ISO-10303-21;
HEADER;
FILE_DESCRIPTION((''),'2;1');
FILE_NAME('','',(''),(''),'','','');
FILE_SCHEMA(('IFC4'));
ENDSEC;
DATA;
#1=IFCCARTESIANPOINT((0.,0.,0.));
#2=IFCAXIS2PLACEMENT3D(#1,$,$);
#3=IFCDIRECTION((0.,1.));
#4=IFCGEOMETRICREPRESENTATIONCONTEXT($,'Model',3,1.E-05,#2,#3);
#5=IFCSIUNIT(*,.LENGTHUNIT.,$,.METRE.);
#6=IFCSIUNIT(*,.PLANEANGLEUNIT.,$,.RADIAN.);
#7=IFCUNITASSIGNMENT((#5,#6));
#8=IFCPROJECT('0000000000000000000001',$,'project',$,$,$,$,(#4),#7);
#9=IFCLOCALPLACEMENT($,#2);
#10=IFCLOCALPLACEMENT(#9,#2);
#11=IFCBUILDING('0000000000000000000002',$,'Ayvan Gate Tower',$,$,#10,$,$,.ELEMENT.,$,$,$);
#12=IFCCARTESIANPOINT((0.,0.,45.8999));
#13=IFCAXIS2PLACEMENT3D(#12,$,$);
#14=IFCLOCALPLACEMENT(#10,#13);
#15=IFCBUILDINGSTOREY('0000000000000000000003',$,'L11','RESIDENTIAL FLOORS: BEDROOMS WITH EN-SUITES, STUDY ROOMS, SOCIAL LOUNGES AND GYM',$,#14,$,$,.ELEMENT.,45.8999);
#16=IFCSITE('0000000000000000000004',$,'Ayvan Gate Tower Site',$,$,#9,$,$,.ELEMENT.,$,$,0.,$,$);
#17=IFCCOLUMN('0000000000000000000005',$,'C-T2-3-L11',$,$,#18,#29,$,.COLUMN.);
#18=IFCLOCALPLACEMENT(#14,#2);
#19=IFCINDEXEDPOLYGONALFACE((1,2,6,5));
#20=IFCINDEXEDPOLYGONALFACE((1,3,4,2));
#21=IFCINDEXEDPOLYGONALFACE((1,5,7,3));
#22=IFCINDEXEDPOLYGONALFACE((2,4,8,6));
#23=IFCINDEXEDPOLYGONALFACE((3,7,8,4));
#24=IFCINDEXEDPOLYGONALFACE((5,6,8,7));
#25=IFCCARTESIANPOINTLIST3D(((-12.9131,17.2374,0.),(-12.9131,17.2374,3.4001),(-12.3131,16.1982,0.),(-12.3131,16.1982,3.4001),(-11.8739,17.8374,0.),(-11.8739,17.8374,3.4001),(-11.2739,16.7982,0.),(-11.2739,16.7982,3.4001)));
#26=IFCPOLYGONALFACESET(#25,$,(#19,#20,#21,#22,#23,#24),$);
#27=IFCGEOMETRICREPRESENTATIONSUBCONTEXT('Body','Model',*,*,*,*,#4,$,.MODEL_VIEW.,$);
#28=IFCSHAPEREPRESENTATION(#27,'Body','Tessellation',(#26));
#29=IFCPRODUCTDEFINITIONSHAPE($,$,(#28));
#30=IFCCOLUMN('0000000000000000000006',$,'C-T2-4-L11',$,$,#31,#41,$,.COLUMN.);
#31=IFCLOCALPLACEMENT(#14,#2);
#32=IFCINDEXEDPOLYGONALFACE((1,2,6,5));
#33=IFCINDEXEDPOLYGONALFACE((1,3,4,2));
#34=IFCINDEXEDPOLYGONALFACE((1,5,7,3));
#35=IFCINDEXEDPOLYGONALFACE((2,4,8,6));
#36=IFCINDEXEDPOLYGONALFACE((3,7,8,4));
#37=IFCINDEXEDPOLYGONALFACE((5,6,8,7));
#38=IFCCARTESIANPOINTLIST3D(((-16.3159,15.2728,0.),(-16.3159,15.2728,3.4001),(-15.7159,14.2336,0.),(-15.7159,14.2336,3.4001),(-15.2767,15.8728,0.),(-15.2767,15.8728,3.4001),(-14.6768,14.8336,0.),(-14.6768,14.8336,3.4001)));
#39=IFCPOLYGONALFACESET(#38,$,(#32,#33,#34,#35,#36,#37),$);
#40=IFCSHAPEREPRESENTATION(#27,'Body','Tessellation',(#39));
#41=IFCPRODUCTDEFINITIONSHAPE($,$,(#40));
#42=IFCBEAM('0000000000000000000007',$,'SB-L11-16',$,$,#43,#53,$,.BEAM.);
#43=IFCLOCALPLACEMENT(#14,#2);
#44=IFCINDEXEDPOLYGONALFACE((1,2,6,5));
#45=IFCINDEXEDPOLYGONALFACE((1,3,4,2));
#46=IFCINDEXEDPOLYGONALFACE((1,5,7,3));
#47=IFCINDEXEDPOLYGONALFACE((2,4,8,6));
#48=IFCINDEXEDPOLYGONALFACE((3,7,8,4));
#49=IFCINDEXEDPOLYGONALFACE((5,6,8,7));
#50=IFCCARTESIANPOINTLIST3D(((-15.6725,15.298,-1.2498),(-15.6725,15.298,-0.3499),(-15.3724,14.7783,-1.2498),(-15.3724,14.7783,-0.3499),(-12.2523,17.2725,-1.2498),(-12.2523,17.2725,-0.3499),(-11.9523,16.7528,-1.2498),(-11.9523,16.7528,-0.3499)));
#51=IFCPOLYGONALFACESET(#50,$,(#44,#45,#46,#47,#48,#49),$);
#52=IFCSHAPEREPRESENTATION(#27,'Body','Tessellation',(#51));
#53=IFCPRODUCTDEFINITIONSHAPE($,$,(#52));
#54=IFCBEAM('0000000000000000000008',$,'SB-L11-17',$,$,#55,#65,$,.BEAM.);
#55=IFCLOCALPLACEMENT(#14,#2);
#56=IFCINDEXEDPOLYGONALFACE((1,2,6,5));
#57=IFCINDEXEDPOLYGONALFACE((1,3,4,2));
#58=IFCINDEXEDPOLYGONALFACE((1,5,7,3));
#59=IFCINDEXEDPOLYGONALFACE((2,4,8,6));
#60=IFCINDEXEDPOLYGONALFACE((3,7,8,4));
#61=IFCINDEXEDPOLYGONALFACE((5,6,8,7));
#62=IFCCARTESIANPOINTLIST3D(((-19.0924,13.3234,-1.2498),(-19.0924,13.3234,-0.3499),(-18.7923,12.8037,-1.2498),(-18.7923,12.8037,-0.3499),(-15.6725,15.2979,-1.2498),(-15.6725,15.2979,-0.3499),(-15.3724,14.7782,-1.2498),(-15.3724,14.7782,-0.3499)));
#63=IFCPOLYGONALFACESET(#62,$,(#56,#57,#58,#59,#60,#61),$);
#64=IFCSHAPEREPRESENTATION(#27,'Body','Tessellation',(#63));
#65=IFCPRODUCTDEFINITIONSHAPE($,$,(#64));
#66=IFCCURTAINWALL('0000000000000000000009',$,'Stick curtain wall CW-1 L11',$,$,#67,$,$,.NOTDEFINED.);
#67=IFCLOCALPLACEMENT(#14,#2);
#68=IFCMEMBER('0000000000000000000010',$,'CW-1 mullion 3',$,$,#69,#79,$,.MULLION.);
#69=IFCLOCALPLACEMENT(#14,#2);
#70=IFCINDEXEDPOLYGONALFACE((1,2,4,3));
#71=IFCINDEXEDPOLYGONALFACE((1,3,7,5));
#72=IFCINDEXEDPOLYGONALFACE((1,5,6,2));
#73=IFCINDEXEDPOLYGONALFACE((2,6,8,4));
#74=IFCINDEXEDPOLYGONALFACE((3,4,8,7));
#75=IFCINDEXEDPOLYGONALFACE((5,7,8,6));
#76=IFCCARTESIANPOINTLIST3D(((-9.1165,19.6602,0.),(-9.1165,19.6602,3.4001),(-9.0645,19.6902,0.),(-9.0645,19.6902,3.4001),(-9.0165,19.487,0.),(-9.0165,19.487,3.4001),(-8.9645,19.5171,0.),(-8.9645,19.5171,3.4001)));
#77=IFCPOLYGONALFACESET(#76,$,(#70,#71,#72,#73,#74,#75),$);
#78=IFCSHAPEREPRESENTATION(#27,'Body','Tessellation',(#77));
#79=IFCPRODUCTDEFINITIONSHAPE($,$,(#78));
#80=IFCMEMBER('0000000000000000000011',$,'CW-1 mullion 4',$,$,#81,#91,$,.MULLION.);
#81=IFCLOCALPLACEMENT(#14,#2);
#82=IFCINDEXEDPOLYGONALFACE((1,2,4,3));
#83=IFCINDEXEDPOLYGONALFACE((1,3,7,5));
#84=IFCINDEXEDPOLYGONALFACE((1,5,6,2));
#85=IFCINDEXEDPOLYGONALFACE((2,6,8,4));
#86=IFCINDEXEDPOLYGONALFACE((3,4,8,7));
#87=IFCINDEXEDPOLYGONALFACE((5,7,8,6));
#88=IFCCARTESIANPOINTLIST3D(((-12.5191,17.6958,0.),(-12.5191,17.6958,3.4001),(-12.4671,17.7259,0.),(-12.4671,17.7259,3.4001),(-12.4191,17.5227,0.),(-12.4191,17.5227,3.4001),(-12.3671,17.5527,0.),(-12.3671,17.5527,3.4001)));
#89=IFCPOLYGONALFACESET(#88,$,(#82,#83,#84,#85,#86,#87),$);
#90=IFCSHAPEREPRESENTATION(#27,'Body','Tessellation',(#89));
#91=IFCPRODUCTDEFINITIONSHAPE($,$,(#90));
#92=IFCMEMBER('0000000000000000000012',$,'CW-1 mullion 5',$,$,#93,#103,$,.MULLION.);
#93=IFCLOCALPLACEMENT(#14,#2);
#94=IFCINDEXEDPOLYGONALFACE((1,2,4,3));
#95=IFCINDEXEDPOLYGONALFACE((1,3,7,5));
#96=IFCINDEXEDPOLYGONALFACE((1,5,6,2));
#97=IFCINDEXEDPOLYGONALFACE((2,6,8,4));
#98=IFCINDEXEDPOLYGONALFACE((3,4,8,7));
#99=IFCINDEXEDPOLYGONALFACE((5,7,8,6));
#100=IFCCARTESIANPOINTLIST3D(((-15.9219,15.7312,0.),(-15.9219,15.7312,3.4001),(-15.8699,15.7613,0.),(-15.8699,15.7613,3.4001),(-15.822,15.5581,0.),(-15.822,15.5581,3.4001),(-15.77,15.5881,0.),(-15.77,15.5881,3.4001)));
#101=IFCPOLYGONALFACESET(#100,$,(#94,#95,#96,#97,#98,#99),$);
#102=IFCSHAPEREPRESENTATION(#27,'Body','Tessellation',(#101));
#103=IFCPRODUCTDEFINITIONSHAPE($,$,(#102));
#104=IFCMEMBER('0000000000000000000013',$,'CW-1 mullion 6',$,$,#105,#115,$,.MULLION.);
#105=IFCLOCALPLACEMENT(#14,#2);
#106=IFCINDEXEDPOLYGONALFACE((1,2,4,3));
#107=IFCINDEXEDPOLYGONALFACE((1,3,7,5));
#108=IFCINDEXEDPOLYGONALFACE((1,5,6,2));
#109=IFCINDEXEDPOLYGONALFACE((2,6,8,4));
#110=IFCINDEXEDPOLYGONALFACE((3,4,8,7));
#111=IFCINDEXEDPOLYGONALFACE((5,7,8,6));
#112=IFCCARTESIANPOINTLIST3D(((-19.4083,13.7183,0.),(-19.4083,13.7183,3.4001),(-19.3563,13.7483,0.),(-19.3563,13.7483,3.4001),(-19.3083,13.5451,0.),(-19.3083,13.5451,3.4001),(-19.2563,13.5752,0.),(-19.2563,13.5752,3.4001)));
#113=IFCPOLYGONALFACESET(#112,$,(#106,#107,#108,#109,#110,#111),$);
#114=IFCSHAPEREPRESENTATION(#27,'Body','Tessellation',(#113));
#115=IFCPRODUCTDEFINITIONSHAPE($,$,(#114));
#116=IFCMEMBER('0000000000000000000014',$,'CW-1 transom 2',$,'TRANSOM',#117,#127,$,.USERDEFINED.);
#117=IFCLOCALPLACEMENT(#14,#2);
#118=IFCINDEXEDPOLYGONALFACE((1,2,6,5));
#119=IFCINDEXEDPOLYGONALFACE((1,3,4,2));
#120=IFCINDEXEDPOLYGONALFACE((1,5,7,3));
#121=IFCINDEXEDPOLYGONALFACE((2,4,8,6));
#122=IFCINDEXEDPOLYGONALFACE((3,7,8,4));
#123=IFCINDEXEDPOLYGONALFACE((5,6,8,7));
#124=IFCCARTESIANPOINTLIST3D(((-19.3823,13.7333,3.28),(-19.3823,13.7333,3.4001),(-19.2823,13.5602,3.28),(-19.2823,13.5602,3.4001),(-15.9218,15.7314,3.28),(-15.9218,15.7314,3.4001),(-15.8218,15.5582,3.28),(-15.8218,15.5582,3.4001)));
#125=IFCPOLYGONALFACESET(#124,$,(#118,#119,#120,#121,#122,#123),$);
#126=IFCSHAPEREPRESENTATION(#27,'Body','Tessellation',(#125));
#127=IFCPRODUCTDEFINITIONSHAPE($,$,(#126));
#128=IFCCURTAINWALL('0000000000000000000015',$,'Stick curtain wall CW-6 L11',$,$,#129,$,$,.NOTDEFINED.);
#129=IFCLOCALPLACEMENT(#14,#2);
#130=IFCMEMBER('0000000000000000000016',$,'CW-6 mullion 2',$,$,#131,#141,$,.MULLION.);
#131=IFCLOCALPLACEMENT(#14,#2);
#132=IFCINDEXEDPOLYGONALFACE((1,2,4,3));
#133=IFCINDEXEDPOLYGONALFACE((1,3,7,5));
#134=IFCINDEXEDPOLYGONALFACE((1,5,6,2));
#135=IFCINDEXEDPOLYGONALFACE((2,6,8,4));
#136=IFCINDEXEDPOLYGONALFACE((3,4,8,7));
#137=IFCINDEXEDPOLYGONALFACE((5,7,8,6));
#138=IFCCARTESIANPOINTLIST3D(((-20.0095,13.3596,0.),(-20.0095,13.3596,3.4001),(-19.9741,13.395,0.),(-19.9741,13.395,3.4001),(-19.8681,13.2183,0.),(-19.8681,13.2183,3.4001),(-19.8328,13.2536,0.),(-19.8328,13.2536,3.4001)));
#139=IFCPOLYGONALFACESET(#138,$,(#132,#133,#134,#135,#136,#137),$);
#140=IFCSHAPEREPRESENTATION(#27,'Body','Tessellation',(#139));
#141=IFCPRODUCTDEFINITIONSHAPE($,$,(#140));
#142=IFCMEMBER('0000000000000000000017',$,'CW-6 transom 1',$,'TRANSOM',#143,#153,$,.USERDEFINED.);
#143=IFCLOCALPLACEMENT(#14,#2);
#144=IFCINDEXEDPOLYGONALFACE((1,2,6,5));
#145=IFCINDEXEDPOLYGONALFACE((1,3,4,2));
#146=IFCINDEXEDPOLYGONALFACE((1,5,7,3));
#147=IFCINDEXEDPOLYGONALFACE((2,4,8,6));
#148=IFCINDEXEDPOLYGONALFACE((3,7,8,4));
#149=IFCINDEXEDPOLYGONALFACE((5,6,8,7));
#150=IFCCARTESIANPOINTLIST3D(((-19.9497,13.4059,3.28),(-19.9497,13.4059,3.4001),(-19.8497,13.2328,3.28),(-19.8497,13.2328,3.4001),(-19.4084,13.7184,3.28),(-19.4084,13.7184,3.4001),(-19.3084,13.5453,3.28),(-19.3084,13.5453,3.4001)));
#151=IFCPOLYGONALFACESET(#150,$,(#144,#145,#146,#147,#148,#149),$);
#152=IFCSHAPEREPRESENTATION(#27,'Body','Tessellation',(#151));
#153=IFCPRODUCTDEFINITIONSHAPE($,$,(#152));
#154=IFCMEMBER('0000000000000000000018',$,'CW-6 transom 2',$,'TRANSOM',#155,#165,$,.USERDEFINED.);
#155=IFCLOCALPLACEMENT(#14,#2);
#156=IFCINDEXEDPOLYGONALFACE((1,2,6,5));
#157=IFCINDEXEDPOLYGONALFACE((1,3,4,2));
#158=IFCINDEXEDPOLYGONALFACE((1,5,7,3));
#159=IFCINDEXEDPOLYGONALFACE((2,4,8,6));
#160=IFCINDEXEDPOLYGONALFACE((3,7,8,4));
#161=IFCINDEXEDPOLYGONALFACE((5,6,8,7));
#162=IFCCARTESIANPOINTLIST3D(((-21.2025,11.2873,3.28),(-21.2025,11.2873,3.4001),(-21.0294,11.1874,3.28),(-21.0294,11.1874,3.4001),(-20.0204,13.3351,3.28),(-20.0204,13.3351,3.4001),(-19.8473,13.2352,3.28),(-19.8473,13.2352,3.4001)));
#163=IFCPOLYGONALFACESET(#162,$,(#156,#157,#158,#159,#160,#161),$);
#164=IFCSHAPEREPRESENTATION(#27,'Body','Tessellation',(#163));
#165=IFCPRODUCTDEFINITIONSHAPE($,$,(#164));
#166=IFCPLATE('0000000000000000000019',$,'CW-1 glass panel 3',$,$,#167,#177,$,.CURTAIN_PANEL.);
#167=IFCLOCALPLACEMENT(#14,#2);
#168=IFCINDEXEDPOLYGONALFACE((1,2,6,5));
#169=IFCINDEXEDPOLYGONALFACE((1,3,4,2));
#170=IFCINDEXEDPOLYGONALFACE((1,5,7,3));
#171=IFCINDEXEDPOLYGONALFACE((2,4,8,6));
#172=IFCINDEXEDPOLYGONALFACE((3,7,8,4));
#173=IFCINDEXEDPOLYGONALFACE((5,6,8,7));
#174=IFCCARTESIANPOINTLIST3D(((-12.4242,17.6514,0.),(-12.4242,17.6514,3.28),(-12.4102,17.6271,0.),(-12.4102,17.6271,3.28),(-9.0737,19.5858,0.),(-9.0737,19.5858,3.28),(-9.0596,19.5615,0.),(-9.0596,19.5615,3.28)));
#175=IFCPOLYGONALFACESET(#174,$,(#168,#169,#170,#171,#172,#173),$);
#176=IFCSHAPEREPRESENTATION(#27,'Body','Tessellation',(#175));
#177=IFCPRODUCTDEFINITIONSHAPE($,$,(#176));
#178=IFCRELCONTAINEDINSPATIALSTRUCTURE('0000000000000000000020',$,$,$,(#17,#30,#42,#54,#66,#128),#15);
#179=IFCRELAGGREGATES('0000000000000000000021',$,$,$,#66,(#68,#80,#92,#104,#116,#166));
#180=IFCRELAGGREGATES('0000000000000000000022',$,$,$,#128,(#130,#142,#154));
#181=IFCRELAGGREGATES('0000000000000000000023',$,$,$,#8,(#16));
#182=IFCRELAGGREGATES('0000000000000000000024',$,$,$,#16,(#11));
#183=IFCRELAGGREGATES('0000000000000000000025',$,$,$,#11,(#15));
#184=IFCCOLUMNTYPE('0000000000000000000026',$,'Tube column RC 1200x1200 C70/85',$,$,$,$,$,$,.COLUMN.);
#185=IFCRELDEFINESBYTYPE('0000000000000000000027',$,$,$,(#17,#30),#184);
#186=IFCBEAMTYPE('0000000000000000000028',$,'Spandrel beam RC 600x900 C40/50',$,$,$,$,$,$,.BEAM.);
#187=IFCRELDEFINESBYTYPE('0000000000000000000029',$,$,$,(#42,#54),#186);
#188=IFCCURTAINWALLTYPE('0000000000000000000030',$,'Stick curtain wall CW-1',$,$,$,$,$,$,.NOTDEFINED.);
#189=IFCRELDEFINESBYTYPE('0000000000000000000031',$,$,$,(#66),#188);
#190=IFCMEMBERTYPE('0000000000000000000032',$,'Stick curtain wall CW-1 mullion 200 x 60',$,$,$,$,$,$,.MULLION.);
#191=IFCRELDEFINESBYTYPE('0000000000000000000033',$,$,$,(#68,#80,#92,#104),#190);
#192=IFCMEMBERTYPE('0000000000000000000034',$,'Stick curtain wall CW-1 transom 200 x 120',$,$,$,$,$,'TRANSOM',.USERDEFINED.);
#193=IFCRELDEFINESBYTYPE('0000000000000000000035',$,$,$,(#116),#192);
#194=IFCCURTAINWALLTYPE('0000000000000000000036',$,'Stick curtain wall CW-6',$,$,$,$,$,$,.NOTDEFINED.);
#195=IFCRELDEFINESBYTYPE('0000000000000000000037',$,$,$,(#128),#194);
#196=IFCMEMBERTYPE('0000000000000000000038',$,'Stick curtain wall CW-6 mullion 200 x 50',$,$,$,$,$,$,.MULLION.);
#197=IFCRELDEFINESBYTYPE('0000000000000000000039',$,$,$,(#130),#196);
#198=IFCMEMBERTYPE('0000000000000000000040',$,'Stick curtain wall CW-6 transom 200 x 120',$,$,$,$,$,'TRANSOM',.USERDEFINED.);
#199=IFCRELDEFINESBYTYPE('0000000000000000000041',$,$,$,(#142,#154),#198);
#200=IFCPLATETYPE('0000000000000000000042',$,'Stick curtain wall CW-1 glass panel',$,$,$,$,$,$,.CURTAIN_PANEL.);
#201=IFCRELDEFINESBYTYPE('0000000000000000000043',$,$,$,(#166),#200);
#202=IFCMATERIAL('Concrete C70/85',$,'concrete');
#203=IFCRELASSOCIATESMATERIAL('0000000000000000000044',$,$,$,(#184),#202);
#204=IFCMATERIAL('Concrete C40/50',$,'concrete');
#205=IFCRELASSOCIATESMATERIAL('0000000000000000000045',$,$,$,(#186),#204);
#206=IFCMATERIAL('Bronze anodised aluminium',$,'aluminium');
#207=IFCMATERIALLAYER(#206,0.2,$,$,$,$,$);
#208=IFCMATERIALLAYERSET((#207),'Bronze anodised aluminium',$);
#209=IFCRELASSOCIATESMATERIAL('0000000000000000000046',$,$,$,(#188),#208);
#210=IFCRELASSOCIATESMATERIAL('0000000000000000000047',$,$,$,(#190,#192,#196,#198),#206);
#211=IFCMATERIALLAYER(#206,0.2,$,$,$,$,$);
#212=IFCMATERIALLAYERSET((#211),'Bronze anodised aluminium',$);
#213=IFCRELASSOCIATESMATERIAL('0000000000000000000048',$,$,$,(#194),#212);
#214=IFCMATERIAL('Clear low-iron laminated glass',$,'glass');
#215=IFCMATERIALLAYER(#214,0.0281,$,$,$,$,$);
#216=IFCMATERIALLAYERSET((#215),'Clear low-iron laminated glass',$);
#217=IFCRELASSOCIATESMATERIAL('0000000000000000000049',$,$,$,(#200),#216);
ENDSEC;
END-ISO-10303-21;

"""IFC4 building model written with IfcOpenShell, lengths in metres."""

from ifc_helpers import new_model, si_unit, direction, frame, origin, origin_2d, place, context, subcontext, project, spatial, rectangle, extrude, material, layer, layer_set, material_profile, profile_set, type_object, element, aggregate, save


model = new_model("IFC4")

# Units and contexts
model_context = context("Model", 3, precision=1e-05, world=origin(), true_north=direction((0.0, 1.0)))
body_context = subcontext(model_context, "Body", "Model", "MODEL_VIEW")
ifc_project = project(units=[si_unit("LENGTHUNIT", "METRE"), si_unit("PLANEANGLEUNIT", "RADIAN")], contexts=[model_context])

# Site, building, storey
site_placement = place(None, origin())
site = spatial("IfcSite", under=ifc_project, at=site_placement, Name="Ayvan Gate Tower Site", CompositionType="ELEMENT", RefElevation=0.0)
building_placement = place(site_placement, origin())
building = spatial("IfcBuilding", under=site, at=building_placement, Name="Ayvan Gate Tower", CompositionType="ELEMENT")
storey_placement = place(building_placement, frame((0.0, 0.0, 45.8999)))
storey = spatial("IfcBuildingStorey", under=building, at=storey_placement, Name="L11", Description="RESIDENTIAL FLOORS: BEDROOMS WITH EN-SUITES, STUDY ROOMS, SOCIAL LOUNGES AND GYM", CompositionType="ELEMENT", Elevation=45.8999)

# Columns
ifc_material_1 = material(Name="Concrete C70/85", Category="concrete")
ifc_material_profile_1 = material_profile(ifc_material_1, rectangle(XDim=1.2, YDim=1.2, at=origin_2d()), Name="RC 1200x1200")
ifc_profile_set_1 = profile_set([ifc_material_profile_1], Name="Concrete C70/85")
column_type = type_object("IfcColumnType", Name="Tube column RC 1200x1200 C70/85", PredefinedType="COLUMN", material=ifc_profile_set_1)
for number, where, z_axis, x_axis, name in (
    (1, (-12.0935, 17.0178, 0.0), (0.0, 0.0, 1.0), (-0.5, 0.866025, 0.0), "C-T2-3-L11"),
    (2, (-15.4963, 15.0532, 0.0), (0.0, 0.0, 1.0), (-0.5, 0.866025, 0.0), "C-T2-4-L11"),
):
    element("IfcColumn", number, at=place(storey_placement, frame(where, z_axis=z_axis, x_axis=x_axis)), inside=storey, type_object=column_type, Name=name, PredefinedType="COLUMN", context=body_context, shape_type="SweptSolid", body=[
        extrude(rectangle(XDim=1.2, YDim=1.2, at=origin_2d()), origin(), (0.0, 0.0, 1.0), 3.4001),
    ])

# Beams
ifc_material_2 = material(Name="Concrete C40/50", Category="concrete")
ifc_material_profile_2 = material_profile(ifc_material_2, rectangle(XDim=0.6001, YDim=0.8999, at=origin_2d()), Name="RC 600x900")
ifc_profile_set_2 = profile_set([ifc_material_profile_2], Name="Concrete C40/50")
beam_type = type_object("IfcBeamType", Name="Spandrel beam RC 600x900 C40/50", PredefinedType="BEAM", material=ifc_profile_set_2)
beam_1_placement = place(storey_placement, frame((-12.1023, 17.0127, -0.7998), z_axis=(-0.866028, -0.499995, 0.0), x_axis=(0.499995, -0.866028, 0.0)))
element("IfcBeam", 3, at=beam_1_placement, inside=storey, type_object=beam_type, Name="SB-L11-16", PredefinedType="BEAM", context=body_context, shape_type="SweptSolid", body=[
    extrude(rectangle(XDim=0.6001, YDim=0.8999, at=origin_2d()), origin(), (0.0, 0.0, 1.0), 3.9492),
])
beam_2_placement = place(storey_placement, frame((-15.5225, 15.0381, -0.7998), z_axis=(-0.866013, -0.500022, 0.0), x_axis=(0.500022, -0.866013, 0.0)))
element("IfcBeam", 4, at=beam_2_placement, inside=storey, type_object=beam_type, Name="SB-L11-17", PredefinedType="BEAM", context=body_context, shape_type="SweptSolid", body=[
    extrude(rectangle(XDim=0.6001, YDim=0.8999, at=origin_2d()), origin(), (0.0, 0.0, 1.0), 3.949),
])

# Curtain walls, members
ifc_material_3 = material(Name="Bronze anodised aluminium", Category="aluminium")
ifc_layer_1 = layer(ifc_material_3, 0.2)
ifc_layer_set_1 = layer_set([ifc_layer_1], Name="Bronze anodised aluminium")
curtain_wall_type_1 = type_object("IfcCurtainWallType", Name="Stick curtain wall CW-1", PredefinedType="NOTDEFINED", material=ifc_layer_set_1)
curtain_wall_1_placement = place(storey_placement, origin())
curtain_wall_1 = element("IfcCurtainWall", 5, at=curtain_wall_1_placement, inside=storey, type_object=curtain_wall_type_1, Name="Stick curtain wall CW-1 L11", PredefinedType="NOTDEFINED")
ifc_material_profile_3 = material_profile(ifc_material_3, rectangle(XDim=0.2, YDim=0.0601, at=origin_2d()), Name="Stick curtain wall CW-1 mullion 200 x 60")
ifc_profile_set_3 = profile_set([ifc_material_profile_3], Name="Bronze anodised aluminium")
member_type_1 = type_object("IfcMemberType", Name="Stick curtain wall CW-1 mullion 200 x 60", PredefinedType="MULLION", material=ifc_profile_set_3)
member_1_placement = place(storey_placement, frame((-9.0405, 19.5886, 0.0), z_axis=(0.0, 0.0, 1.0), x_axis=(-0.5, 0.866025, 0.0)))
member_1 = element("IfcMember", 6, at=member_1_placement, type_object=member_type_1, Name="CW-1 mullion 3", PredefinedType="MULLION", context=body_context, shape_type="SweptSolid", body=[
    extrude(rectangle(XDim=0.2, YDim=0.0601, at=origin_2d()), origin(), (0.0, 0.0, 1.0), 3.4001),
])
member_2_placement = place(storey_placement, frame((-12.4431, 17.6243, 0.0), z_axis=(0.0, 0.0, 1.0), x_axis=(-0.5, 0.866025, 0.0)))
member_2 = element("IfcMember", 7, at=member_2_placement, type_object=member_type_1, Name="CW-1 mullion 4", PredefinedType="MULLION", context=body_context, shape_type="SweptSolid", body=[
    extrude(rectangle(XDim=0.2, YDim=0.0601, at=origin_2d()), origin(), (0.0, 0.0, 1.0), 3.4001),
])
member_3_placement = place(storey_placement, frame((-15.8459, 15.6597, 0.0), z_axis=(0.0, 0.0, 1.0), x_axis=(-0.5, 0.866025, 0.0)))
member_3 = element("IfcMember", 8, at=member_3_placement, type_object=member_type_1, Name="CW-1 mullion 5", PredefinedType="MULLION", context=body_context, shape_type="SweptSolid", body=[
    extrude(rectangle(XDim=0.2, YDim=0.0601, at=origin_2d()), origin(), (0.0, 0.0, 1.0), 3.4001),
])
member_4_placement = place(storey_placement, frame((-19.3323, 13.6467, 0.0), z_axis=(0.0, 0.0, 1.0), x_axis=(-0.5, 0.866025, 0.0)))
member_4 = element("IfcMember", 9, at=member_4_placement, type_object=member_type_1, Name="CW-1 mullion 6", PredefinedType="MULLION", context=body_context, shape_type="SweptSolid", body=[
    extrude(rectangle(XDim=0.2, YDim=0.0601, at=origin_2d()), origin(), (0.0, 0.0, 1.0), 3.4001),
])
ifc_material_profile_4 = material_profile(ifc_material_3, rectangle(XDim=0.2, YDim=0.1201, at=origin_2d()), Name="Stick curtain wall CW-1 transom 200 x 120")
ifc_profile_set_4 = profile_set([ifc_material_profile_4], Name="Bronze anodised aluminium")
member_type_2 = type_object("IfcMemberType", Name="Stick curtain wall CW-1 transom 200 x 120", ElementType="TRANSOM", PredefinedType="USERDEFINED", material=ifc_profile_set_4)
member_5_placement = place(storey_placement, frame((-15.8718, 15.6448, 3.3401), z_axis=(-0.866009, -0.500029, 0.0), x_axis=(0.500029, -0.866009, 0.0)))
member_5 = element("IfcMember", 10, at=member_5_placement, type_object=member_type_2, Name="CW-1 transom 2", ObjectType="TRANSOM", PredefinedType="USERDEFINED", context=body_context, shape_type="SweptSolid", body=[
    extrude(rectangle(XDim=0.2, YDim=0.1201, at=origin_2d()), origin(), (0.0, 0.0, 1.0), 3.9958),
])
ifc_layer_2 = layer(ifc_material_3, 0.2)
ifc_layer_set_2 = layer_set([ifc_layer_2], Name="Bronze anodised aluminium")
curtain_wall_type_2 = type_object("IfcCurtainWallType", Name="Stick curtain wall CW-6", PredefinedType="NOTDEFINED", material=ifc_layer_set_2)
curtain_wall_2_placement = place(storey_placement, origin())
curtain_wall_2 = element("IfcCurtainWall", 11, at=curtain_wall_2_placement, inside=storey, type_object=curtain_wall_type_2, Name="Stick curtain wall CW-6 L11", PredefinedType="NOTDEFINED")
ifc_material_profile_5 = material_profile(ifc_material_3, rectangle(XDim=0.2, YDim=0.05, at=origin_2d()), Name="Stick curtain wall CW-6 mullion 200 x 50")
ifc_profile_set_5 = profile_set([ifc_material_profile_5], Name="Bronze anodised aluminium")
member_type_3 = type_object("IfcMemberType", Name="Stick curtain wall CW-6 mullion 200 x 50", PredefinedType="MULLION", material=ifc_profile_set_5)
member_6_placement = place(storey_placement, frame((-19.9211, 13.3066, 0.0), z_axis=(0.0, 0.0, 1.0), x_axis=(-0.707107, 0.707107, 0.0)))
member_6 = element("IfcMember", 12, at=member_6_placement, type_object=member_type_3, Name="CW-6 mullion 2", PredefinedType="MULLION", context=body_context, shape_type="SweptSolid", body=[
    extrude(rectangle(XDim=0.2, YDim=0.05, at=origin_2d()), origin(), (0.0, 0.0, 1.0), 3.4001),
])
ifc_material_profile_6 = material_profile(ifc_material_3, rectangle(XDim=0.2, YDim=0.1201, at=origin_2d()), Name="Stick curtain wall CW-6 transom 200 x 120")
ifc_profile_set_6 = profile_set([ifc_material_profile_6], Name="Bronze anodised aluminium")
member_type_4 = type_object("IfcMemberType", Name="Stick curtain wall CW-6 transom 200 x 120", ElementType="TRANSOM", PredefinedType="USERDEFINED", material=ifc_profile_set_6)
member_7_placement = place(storey_placement, frame((-19.3584, 13.6318, 3.3401), z_axis=(-0.866023, -0.500004, 0.0), x_axis=(0.500004, -0.866023, 0.0)))
member_7 = element("IfcMember", 13, at=member_7_placement, type_object=member_type_4, Name="CW-6 transom 1", ObjectType="TRANSOM", PredefinedType="USERDEFINED", context=body_context, shape_type="SweptSolid", body=[
    extrude(rectangle(XDim=0.2, YDim=0.1201, at=origin_2d()), origin(), (0.0, 0.0, 1.0), 0.625),
])
member_8_placement = place(storey_placement, frame((-19.9338, 13.2852, 3.3401), z_axis=(-0.499937, -0.866062, 0.0), x_axis=(0.866062, -0.499937, 0.0)))
member_8 = element("IfcMember", 14, at=member_8_placement, type_object=member_type_4, Name="CW-6 transom 2", ObjectType="TRANSOM", PredefinedType="USERDEFINED", context=body_context, shape_type="SweptSolid", body=[
    extrude(rectangle(XDim=0.2, YDim=0.1201, at=origin_2d()), origin(), (0.0, 0.0, 1.0), 2.3645),
])

# Plate
ifc_material_4 = material(Name="Clear low-iron laminated glass", Category="glass")
ifc_layer_3 = layer(ifc_material_4, 0.0281)
ifc_layer_set_3 = layer_set([ifc_layer_3], Name="Clear low-iron laminated glass")
plate_type_1 = type_object("IfcPlateType", Name="Stick curtain wall CW-1 glass panel", PredefinedType="CURTAIN_PANEL", material=ifc_layer_set_3)
plate_1_placement = place(storey_placement, frame((-10.7419, 18.6064, 0.0), z_axis=(0.0, 0.0, 1.0), x_axis=(-0.866025, -0.5, 0.0)))
plate_1 = element("IfcPlate", 15, at=plate_1_placement, type_object=plate_type_1, Name="CW-1 glass panel 3", PredefinedType="CURTAIN_PANEL", context=body_context, shape_type="SweptSolid", body=[
    extrude(rectangle(XDim=3.8689, YDim=0.0281, at=origin_2d()), origin(), (0.0, 0.0, 1.0), 3.28),
])
aggregate(curtain_wall_1, [member_1, member_2, member_3, member_4, member_5, plate_1])
aggregate(curtain_wall_2, [member_6, member_7, member_8])

save(model, "model.ifc")
